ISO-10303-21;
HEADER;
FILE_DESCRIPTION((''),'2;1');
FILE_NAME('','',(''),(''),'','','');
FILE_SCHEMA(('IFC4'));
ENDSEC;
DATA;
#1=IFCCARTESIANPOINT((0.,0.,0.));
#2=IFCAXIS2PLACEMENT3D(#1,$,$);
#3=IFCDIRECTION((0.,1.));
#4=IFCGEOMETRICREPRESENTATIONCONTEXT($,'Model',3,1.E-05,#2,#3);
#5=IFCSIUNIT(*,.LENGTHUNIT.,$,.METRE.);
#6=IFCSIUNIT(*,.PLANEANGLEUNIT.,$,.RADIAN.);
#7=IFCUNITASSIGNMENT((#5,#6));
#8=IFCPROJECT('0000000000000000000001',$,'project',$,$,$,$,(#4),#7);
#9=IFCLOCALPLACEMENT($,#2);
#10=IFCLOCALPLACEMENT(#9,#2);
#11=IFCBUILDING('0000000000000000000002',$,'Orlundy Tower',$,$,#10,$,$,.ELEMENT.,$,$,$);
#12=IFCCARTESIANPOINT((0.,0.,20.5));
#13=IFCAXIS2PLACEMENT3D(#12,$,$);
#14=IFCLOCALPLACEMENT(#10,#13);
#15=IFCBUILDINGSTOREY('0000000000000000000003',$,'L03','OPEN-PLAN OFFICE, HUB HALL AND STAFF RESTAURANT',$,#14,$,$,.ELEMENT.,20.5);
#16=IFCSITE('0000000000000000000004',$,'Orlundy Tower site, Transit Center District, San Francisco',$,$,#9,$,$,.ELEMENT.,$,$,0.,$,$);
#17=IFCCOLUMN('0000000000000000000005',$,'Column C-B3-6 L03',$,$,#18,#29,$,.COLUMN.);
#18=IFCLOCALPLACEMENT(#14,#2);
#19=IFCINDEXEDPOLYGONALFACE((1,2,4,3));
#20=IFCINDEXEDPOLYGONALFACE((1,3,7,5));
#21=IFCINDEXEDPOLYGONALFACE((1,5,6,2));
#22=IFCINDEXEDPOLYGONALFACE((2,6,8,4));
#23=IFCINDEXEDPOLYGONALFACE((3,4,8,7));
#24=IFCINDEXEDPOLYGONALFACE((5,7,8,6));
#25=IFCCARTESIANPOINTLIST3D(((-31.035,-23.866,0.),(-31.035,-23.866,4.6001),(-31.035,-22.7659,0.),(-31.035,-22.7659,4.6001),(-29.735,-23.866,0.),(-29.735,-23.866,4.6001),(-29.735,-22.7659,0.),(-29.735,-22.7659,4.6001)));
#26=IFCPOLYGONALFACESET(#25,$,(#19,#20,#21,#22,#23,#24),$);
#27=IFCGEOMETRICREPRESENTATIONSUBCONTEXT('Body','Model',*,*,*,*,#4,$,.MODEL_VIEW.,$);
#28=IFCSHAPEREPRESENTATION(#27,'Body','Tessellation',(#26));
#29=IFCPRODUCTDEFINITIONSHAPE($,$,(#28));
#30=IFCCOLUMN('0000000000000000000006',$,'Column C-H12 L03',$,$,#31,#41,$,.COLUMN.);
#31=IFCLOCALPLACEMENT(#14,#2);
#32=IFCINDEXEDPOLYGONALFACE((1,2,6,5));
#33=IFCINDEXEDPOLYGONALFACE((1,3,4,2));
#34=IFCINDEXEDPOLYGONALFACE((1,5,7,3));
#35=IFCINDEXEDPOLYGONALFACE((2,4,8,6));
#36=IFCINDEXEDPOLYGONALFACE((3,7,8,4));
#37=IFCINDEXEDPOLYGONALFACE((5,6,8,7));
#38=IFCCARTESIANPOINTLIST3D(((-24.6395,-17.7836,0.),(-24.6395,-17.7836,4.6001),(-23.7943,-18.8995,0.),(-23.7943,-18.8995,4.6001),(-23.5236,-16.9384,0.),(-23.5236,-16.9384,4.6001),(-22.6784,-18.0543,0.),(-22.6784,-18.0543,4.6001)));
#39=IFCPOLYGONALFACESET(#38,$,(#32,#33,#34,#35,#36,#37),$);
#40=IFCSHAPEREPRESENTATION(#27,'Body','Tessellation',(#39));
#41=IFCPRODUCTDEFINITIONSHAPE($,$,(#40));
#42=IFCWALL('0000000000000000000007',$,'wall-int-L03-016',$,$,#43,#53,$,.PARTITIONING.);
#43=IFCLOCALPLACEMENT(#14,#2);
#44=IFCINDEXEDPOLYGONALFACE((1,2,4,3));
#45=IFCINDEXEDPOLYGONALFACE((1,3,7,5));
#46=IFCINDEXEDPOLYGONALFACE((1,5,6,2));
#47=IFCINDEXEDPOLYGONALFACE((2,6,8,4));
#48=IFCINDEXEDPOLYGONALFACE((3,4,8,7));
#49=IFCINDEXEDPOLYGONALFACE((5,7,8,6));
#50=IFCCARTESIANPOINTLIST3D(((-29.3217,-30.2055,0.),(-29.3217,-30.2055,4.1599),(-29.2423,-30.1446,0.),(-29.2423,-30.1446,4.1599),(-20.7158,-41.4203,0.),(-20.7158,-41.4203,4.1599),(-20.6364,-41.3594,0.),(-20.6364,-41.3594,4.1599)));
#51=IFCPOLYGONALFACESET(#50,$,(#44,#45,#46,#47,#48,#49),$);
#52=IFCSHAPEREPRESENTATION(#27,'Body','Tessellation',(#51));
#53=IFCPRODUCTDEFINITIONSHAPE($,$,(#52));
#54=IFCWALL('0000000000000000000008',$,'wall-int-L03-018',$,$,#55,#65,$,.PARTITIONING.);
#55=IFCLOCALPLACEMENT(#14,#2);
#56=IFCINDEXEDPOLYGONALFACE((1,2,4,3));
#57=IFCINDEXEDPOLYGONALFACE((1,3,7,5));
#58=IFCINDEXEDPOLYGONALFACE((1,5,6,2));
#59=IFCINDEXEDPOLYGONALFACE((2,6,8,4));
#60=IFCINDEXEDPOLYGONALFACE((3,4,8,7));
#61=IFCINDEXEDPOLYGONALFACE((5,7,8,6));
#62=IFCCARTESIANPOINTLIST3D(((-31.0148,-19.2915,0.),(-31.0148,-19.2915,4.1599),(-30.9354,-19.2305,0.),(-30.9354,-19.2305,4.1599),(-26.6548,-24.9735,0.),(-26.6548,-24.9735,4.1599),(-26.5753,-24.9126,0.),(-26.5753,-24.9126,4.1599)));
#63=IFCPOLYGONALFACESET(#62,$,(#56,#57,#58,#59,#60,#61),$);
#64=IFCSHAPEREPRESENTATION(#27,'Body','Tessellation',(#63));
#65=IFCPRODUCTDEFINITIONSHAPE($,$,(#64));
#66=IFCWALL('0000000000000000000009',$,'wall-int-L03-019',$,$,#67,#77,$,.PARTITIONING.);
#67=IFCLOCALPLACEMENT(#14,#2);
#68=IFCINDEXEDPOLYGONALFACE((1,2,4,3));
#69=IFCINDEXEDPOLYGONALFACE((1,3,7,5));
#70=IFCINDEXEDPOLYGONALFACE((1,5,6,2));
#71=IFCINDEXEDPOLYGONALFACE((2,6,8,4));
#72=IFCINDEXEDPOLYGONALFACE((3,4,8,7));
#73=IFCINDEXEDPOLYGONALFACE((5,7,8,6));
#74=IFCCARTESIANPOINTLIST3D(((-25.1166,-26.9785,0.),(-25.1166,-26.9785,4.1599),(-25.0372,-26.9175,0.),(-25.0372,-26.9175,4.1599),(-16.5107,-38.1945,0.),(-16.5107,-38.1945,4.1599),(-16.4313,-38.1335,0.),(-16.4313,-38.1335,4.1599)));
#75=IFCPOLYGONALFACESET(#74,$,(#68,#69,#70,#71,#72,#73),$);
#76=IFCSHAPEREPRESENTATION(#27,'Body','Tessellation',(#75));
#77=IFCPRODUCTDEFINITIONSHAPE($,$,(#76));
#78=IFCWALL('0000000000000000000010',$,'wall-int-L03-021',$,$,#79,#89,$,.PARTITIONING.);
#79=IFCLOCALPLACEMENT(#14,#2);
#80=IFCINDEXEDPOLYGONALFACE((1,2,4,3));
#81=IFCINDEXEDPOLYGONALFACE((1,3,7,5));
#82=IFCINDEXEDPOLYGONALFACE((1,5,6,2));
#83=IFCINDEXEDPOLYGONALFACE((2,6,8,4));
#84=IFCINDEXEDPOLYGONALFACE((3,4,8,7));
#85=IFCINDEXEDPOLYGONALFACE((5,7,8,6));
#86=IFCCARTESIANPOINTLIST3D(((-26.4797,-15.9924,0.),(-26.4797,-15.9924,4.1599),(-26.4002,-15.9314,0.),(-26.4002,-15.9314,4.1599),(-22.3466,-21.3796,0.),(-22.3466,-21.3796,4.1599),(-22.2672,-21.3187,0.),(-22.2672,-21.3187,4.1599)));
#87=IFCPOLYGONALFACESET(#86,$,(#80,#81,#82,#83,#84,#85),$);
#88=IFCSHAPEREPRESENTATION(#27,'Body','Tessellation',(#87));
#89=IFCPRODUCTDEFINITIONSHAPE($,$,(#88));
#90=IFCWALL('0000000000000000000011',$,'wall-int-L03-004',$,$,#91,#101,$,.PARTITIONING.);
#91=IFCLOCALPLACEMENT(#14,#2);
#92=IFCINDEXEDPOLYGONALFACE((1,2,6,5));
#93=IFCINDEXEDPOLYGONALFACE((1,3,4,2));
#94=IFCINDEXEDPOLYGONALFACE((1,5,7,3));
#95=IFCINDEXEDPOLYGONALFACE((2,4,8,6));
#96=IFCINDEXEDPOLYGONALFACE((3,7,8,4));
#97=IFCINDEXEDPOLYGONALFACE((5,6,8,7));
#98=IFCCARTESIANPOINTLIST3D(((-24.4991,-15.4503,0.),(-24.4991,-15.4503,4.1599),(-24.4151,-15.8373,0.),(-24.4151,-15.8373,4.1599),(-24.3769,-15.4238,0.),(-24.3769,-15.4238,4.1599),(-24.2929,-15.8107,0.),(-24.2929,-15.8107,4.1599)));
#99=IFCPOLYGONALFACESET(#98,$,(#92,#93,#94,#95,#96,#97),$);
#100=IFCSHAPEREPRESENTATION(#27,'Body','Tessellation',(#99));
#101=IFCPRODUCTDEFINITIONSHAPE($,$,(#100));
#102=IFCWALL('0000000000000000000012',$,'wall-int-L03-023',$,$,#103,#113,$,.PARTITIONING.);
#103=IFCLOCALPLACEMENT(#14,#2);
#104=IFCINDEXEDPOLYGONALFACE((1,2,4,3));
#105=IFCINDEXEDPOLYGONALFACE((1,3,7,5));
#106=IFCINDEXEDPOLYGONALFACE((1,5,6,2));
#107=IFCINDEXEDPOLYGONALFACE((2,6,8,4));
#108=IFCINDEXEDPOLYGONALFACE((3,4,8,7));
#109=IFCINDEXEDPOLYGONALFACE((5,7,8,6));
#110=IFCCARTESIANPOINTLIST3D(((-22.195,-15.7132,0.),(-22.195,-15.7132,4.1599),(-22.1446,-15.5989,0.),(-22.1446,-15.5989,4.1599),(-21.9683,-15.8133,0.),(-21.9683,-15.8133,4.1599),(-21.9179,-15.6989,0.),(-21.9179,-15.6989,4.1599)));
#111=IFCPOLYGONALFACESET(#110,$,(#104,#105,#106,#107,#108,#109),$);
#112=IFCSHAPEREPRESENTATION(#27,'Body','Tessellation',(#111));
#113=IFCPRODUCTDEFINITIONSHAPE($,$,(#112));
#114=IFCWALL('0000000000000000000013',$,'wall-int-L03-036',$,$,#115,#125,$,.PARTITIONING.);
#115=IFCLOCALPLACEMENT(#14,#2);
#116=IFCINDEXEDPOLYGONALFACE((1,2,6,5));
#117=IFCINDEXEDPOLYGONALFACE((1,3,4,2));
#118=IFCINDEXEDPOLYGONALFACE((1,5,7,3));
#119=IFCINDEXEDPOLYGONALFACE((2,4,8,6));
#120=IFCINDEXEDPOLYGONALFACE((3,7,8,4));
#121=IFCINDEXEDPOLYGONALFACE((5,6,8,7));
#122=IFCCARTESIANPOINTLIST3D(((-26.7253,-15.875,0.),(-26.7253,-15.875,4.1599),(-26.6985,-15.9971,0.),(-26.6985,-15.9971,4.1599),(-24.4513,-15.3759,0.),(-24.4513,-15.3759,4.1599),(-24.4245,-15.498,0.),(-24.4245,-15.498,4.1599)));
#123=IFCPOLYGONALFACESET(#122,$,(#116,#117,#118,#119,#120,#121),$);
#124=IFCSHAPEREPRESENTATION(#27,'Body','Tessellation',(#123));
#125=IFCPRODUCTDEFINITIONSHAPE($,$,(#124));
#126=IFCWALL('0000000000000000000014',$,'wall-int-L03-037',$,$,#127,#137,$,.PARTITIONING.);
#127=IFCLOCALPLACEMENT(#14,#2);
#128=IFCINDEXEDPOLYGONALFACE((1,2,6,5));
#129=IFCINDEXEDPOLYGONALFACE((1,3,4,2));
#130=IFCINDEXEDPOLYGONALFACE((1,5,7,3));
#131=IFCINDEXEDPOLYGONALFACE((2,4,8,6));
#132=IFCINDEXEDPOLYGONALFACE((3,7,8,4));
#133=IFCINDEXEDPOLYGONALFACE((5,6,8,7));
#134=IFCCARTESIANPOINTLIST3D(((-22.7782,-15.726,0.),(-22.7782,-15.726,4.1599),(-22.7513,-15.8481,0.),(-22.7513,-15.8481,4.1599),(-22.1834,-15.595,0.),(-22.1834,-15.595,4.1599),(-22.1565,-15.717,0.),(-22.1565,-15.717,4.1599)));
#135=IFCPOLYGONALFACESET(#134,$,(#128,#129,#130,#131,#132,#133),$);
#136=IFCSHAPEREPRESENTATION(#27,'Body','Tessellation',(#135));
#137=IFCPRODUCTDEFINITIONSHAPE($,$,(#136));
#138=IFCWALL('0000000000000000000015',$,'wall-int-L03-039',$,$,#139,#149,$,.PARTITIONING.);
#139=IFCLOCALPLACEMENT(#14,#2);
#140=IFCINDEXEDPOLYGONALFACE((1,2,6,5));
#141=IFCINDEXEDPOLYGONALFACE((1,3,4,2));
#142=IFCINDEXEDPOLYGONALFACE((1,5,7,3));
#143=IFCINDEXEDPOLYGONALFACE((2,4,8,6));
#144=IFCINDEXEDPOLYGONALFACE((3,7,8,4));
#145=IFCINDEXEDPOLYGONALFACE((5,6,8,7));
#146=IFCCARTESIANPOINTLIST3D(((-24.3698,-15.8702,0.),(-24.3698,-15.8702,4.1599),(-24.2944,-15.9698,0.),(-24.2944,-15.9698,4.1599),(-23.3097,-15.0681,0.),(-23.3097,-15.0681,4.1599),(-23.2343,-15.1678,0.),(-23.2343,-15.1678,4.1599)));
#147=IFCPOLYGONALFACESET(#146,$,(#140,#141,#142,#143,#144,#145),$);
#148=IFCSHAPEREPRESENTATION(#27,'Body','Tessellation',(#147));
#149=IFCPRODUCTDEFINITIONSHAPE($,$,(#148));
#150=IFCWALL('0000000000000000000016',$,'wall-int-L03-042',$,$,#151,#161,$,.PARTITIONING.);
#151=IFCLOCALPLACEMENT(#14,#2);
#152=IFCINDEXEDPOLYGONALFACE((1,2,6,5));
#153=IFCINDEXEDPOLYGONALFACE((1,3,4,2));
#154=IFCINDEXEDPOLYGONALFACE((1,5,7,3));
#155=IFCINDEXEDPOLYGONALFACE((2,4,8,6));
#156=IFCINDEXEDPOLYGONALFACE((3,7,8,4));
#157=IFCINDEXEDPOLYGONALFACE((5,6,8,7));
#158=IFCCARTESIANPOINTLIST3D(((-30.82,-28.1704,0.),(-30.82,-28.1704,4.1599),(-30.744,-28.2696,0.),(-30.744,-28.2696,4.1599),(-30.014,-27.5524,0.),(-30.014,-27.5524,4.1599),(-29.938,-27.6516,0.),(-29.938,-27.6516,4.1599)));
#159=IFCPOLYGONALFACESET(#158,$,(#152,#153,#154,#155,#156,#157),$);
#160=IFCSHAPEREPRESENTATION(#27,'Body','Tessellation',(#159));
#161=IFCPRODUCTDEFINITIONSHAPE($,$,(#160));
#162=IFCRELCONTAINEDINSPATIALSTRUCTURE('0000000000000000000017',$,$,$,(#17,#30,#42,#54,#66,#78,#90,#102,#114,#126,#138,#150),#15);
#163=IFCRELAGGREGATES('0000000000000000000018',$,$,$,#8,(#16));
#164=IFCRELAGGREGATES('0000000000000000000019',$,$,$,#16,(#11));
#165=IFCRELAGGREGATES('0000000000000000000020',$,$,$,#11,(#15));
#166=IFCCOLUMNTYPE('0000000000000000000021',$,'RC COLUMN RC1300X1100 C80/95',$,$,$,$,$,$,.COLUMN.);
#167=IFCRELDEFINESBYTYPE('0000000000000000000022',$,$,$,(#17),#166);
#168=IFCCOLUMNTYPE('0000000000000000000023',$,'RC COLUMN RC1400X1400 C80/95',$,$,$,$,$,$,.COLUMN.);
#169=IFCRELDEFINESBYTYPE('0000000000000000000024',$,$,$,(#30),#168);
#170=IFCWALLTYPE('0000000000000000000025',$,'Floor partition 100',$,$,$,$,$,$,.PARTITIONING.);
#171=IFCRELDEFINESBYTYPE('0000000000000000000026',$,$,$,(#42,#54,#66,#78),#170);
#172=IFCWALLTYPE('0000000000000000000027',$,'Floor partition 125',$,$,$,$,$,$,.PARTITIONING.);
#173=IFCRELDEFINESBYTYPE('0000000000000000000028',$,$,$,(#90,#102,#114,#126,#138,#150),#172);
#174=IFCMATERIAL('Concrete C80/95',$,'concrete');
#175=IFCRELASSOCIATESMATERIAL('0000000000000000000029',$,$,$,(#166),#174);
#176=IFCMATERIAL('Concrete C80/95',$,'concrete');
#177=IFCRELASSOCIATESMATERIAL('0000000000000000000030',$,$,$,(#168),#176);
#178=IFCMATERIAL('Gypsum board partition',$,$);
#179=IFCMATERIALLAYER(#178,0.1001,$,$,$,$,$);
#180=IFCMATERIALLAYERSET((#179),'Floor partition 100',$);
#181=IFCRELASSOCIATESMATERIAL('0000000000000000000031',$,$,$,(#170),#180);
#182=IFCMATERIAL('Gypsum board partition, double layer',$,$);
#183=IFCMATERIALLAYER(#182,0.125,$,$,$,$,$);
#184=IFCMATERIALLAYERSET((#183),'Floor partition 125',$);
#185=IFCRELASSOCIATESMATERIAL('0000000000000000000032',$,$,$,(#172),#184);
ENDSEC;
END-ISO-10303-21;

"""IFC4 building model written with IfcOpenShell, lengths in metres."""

from ifc_helpers import new_model, si_unit, direction, frame, frame_2d, origin, origin_2d, place, context, subcontext, project, spatial, rectangle, extrude, material, layer, layer_set, material_profile, profile_set, type_object, element, save


model = new_model("IFC4")

# Units and contexts
model_context = context("Model", 3, precision=1e-05, world=origin(), true_north=direction((0.0, 1.0)))
body_context = subcontext(model_context, "Body", "Model", "MODEL_VIEW")
ifc_project = project(units=[si_unit("LENGTHUNIT", "METRE"), si_unit("PLANEANGLEUNIT", "RADIAN")], contexts=[model_context])

# Site, building, storey
site_placement = place(None, origin())
site = spatial("IfcSite", under=ifc_project, at=site_placement, Name="Orlundy Tower site, Transit Center District, San Francisco", CompositionType="ELEMENT", RefElevation=0.0)
building_placement = place(site_placement, origin())
building = spatial("IfcBuilding", under=site, at=building_placement, Name="Orlundy Tower", CompositionType="ELEMENT")
storey_placement = place(building_placement, frame((0.0, 0.0, 20.5)))
storey = spatial("IfcBuildingStorey", under=building, at=storey_placement, Name="L03", Description="OPEN-PLAN OFFICE, HUB HALL AND STAFF RESTAURANT", CompositionType="ELEMENT", Elevation=20.5)

# Columns
ifc_material_1 = material(Name="Concrete C80/95", Category="concrete")
ifc_material_profile_1 = material_profile(ifc_material_1, rectangle(XDim=1.3, YDim=1.1001, at=origin_2d()), Name="RC1300X1100")
ifc_profile_set_1 = profile_set([ifc_material_profile_1], Name="Concrete C80/95")
column_type_1 = type_object("IfcColumnType", Name="RC COLUMN RC1300X1100 C80/95", PredefinedType="COLUMN", material=ifc_profile_set_1)
column_1_placement = place(storey_placement, frame((-30.385, -23.3159, 0.0), z_axis=(0.0, 0.0, 1.0), x_axis=(1.0, 0.0, 0.0)))
element("IfcColumn", 1, at=column_1_placement, inside=storey, type_object=column_type_1, Name="Column C-B3-6 L03", PredefinedType="COLUMN", context=body_context, shape_type="SweptSolid", body=[
    extrude(rectangle(XDim=1.3, YDim=1.1001, at=origin_2d()), origin(), (0.0, 0.0, 1.0), 4.6001),
])
ifc_material_2 = material(Name="Concrete C80/95", Category="concrete")
ifc_material_profile_2 = material_profile(ifc_material_2, rectangle(XDim=1.3999, YDim=1.3999, at=origin_2d()), Name="RC1400X1400")
ifc_profile_set_2 = profile_set([ifc_material_profile_2], Name="Concrete C80/95")
column_type_2 = type_object("IfcColumnType", Name="RC COLUMN RC1400X1400 C80/95", PredefinedType="COLUMN", material=ifc_profile_set_2)
column_2_placement = place(storey_placement, frame((-23.6589, -17.9189, 0.0), z_axis=(0.0, 0.0, 1.0), x_axis=(-0.797163, -0.603765, 0.0)))
element("IfcColumn", 2, at=column_2_placement, inside=storey, type_object=column_type_2, Name="Column C-H12 L03", PredefinedType="COLUMN", context=body_context, shape_type="SweptSolid", body=[
    extrude(rectangle(XDim=1.3999, YDim=1.3999, at=origin_2d()), origin(), (0.0, 0.0, 1.0), 4.6001),
])

# Walls
ifc_material_3 = material(Name="Gypsum board partition")
ifc_layer_1 = layer(ifc_material_3, 0.1001)
ifc_layer_set_1 = layer_set([ifc_layer_1], Name="Floor partition 100")
wall_type_1 = type_object("IfcWallType", Name="Floor partition 100", PredefinedType="PARTITIONING", material=ifc_layer_set_1)
wall_1_placement = place(storey_placement, frame((-29.282, -30.175, 0.0), z_axis=(0.0, 0.0, 1.0), x_axis=(0.608784, -0.793336, 0.0)))
element("IfcWall", 3, at=wall_1_placement, inside=storey, type_object=wall_type_1, Name="wall-int-L03-016", PredefinedType="PARTITIONING", context=body_context, shape_type="SweptSolid", body=[
    extrude(rectangle(XDim=14.1362, YDim=0.1001, at=frame_2d((7.0681, 0.0))), origin(), (0.0, 0.0, 1.0), 4.1599),
])
wall_2_placement = place(storey_placement, frame((-30.9751, -19.261, 0.0), z_axis=(0.0, 0.0, 1.0), x_axis=(0.608766, -0.79335, 0.0)))
element("IfcWall", 4, at=wall_2_placement, inside=storey, type_object=wall_type_1, Name="wall-int-L03-018", PredefinedType="PARTITIONING", context=body_context, shape_type="SweptSolid", body=[
    extrude(rectangle(XDim=7.1621, YDim=0.1001, at=frame_2d((3.5811, 0.0))), origin(), (0.0, 0.0, 1.0), 4.1599),
])
wall_3_placement = place(storey_placement, frame((-25.0769, -26.948, 0.0), z_axis=(0.0, 0.0, 1.0), x_axis=(0.608742, -0.793368, 0.0)))
element("IfcWall", 5, at=wall_3_placement, inside=storey, type_object=wall_type_1, Name="wall-int-L03-019", PredefinedType="PARTITIONING", context=body_context, shape_type="SweptSolid", body=[
    extrude(rectangle(XDim=14.1372, YDim=0.1001, at=frame_2d((7.0686, 0.0))), origin(), (0.0, 0.0, 1.0), 4.1599),
])
wall_4_placement = place(storey_placement, frame((-26.4399, -15.9619, 0.0), z_axis=(0.0, 0.0, 1.0), x_axis=(0.608697, -0.793403, 0.0)))
element("IfcWall", 6, at=wall_4_placement, inside=storey, type_object=wall_type_1, Name="wall-int-L03-021", PredefinedType="PARTITIONING", context=body_context, shape_type="SweptSolid", body=[
    extrude(rectangle(XDim=6.79, YDim=0.1001, at=frame_2d((3.395, 0.0))), origin(), (0.0, 0.0, 1.0), 4.1599),
])
ifc_material_4 = material(Name="Gypsum board partition, double layer")
ifc_layer_2 = layer(ifc_material_4, 0.125)
ifc_layer_set_2 = layer_set([ifc_layer_2], Name="Floor partition 125")
wall_type_2 = type_object("IfcWallType", Name="Floor partition 125", PredefinedType="PARTITIONING", material=ifc_layer_set_2)
wall_5_placement = place(storey_placement, frame((-24.438, -15.437, 0.0), z_axis=(0.0, 0.0, 1.0), x_axis=(0.212097, -0.977249, 0.0)))
element("IfcWall", 7, at=wall_5_placement, inside=storey, type_object=wall_type_2, Name="wall-int-L03-004", PredefinedType="PARTITIONING", context=body_context, shape_type="SweptSolid", body=[
    extrude(rectangle(XDim=0.396, YDim=0.125, at=frame_2d((0.198, 0.0))), origin(), (0.0, 0.0, 1.0), 4.1599),
])
wall_6_placement = place(storey_placement, frame((-22.1699, -15.656, 0.0), z_axis=(0.0, 0.0, 1.0), x_axis=(0.914864, -0.403761, 0.0)))
element("IfcWall", 8, at=wall_6_placement, inside=storey, type_object=wall_type_2, Name="wall-int-L03-023", PredefinedType="PARTITIONING", context=body_context, shape_type="SweptSolid", body=[
    extrude(rectangle(XDim=0.2478, YDim=0.125, at=frame_2d((0.124, 0.0))), origin(), (0.0, 0.0, 1.0), 4.1599),
])
wall_7_placement = place(storey_placement, frame((-26.7119, -15.936, 0.0), z_axis=(0.0, 0.0, 1.0), x_axis=(0.976756, 0.214354, 0.0)))
element("IfcWall", 9, at=wall_7_placement, inside=storey, type_object=wall_type_2, Name="wall-int-L03-036", PredefinedType="PARTITIONING", context=body_context, shape_type="SweptSolid", body=[
    extrude(rectangle(XDim=2.3281, YDim=0.125, at=frame_2d((1.1641, 0.0))), origin(), (0.0, 0.0, 1.0), 4.1599),
])
wall_8_placement = place(storey_placement, frame((-22.7649, -15.7871, 0.0), z_axis=(0.0, 0.0, 1.0), x_axis=(0.976572, 0.21519, 0.0)))
element("IfcWall", 10, at=wall_8_placement, inside=storey, type_object=wall_type_2, Name="wall-int-L03-037", PredefinedType="PARTITIONING", context=body_context, shape_type="SweptSolid", body=[
    extrude(rectangle(XDim=0.6091, YDim=0.125, at=frame_2d((0.3047, 0.0))), origin(), (0.0, 0.0, 1.0), 4.1599),
])
wall_9_placement = place(storey_placement, frame((-24.332, -15.9199, 0.0), z_axis=(0.0, 0.0, 1.0), x_axis=(0.79748, 0.603345, 0.0)))
element("IfcWall", 11, at=wall_9_placement, inside=storey, type_object=wall_type_2, Name="wall-int-L03-039", PredefinedType="PARTITIONING", context=body_context, shape_type="SweptSolid", body=[
    extrude(rectangle(XDim=1.3293, YDim=0.125, at=frame_2d((0.6646, 0.0))), origin(), (0.0, 0.0, 1.0), 4.1599),
])
wall_10_placement = place(storey_placement, frame((-30.782, -28.22, 0.0), z_axis=(0.0, 0.0, 1.0), x_axis=(0.793579, 0.608467, 0.0)))
element("IfcWall", 12, at=wall_10_placement, inside=storey, type_object=wall_type_2, Name="wall-int-L03-042", PredefinedType="PARTITIONING", context=body_context, shape_type="SweptSolid", body=[
    extrude(rectangle(XDim=1.0156, YDim=0.125, at=frame_2d((0.5078, 0.0))), origin(), (0.0, 0.0, 1.0), 4.1599),
])

save(model, "model.ifc")
